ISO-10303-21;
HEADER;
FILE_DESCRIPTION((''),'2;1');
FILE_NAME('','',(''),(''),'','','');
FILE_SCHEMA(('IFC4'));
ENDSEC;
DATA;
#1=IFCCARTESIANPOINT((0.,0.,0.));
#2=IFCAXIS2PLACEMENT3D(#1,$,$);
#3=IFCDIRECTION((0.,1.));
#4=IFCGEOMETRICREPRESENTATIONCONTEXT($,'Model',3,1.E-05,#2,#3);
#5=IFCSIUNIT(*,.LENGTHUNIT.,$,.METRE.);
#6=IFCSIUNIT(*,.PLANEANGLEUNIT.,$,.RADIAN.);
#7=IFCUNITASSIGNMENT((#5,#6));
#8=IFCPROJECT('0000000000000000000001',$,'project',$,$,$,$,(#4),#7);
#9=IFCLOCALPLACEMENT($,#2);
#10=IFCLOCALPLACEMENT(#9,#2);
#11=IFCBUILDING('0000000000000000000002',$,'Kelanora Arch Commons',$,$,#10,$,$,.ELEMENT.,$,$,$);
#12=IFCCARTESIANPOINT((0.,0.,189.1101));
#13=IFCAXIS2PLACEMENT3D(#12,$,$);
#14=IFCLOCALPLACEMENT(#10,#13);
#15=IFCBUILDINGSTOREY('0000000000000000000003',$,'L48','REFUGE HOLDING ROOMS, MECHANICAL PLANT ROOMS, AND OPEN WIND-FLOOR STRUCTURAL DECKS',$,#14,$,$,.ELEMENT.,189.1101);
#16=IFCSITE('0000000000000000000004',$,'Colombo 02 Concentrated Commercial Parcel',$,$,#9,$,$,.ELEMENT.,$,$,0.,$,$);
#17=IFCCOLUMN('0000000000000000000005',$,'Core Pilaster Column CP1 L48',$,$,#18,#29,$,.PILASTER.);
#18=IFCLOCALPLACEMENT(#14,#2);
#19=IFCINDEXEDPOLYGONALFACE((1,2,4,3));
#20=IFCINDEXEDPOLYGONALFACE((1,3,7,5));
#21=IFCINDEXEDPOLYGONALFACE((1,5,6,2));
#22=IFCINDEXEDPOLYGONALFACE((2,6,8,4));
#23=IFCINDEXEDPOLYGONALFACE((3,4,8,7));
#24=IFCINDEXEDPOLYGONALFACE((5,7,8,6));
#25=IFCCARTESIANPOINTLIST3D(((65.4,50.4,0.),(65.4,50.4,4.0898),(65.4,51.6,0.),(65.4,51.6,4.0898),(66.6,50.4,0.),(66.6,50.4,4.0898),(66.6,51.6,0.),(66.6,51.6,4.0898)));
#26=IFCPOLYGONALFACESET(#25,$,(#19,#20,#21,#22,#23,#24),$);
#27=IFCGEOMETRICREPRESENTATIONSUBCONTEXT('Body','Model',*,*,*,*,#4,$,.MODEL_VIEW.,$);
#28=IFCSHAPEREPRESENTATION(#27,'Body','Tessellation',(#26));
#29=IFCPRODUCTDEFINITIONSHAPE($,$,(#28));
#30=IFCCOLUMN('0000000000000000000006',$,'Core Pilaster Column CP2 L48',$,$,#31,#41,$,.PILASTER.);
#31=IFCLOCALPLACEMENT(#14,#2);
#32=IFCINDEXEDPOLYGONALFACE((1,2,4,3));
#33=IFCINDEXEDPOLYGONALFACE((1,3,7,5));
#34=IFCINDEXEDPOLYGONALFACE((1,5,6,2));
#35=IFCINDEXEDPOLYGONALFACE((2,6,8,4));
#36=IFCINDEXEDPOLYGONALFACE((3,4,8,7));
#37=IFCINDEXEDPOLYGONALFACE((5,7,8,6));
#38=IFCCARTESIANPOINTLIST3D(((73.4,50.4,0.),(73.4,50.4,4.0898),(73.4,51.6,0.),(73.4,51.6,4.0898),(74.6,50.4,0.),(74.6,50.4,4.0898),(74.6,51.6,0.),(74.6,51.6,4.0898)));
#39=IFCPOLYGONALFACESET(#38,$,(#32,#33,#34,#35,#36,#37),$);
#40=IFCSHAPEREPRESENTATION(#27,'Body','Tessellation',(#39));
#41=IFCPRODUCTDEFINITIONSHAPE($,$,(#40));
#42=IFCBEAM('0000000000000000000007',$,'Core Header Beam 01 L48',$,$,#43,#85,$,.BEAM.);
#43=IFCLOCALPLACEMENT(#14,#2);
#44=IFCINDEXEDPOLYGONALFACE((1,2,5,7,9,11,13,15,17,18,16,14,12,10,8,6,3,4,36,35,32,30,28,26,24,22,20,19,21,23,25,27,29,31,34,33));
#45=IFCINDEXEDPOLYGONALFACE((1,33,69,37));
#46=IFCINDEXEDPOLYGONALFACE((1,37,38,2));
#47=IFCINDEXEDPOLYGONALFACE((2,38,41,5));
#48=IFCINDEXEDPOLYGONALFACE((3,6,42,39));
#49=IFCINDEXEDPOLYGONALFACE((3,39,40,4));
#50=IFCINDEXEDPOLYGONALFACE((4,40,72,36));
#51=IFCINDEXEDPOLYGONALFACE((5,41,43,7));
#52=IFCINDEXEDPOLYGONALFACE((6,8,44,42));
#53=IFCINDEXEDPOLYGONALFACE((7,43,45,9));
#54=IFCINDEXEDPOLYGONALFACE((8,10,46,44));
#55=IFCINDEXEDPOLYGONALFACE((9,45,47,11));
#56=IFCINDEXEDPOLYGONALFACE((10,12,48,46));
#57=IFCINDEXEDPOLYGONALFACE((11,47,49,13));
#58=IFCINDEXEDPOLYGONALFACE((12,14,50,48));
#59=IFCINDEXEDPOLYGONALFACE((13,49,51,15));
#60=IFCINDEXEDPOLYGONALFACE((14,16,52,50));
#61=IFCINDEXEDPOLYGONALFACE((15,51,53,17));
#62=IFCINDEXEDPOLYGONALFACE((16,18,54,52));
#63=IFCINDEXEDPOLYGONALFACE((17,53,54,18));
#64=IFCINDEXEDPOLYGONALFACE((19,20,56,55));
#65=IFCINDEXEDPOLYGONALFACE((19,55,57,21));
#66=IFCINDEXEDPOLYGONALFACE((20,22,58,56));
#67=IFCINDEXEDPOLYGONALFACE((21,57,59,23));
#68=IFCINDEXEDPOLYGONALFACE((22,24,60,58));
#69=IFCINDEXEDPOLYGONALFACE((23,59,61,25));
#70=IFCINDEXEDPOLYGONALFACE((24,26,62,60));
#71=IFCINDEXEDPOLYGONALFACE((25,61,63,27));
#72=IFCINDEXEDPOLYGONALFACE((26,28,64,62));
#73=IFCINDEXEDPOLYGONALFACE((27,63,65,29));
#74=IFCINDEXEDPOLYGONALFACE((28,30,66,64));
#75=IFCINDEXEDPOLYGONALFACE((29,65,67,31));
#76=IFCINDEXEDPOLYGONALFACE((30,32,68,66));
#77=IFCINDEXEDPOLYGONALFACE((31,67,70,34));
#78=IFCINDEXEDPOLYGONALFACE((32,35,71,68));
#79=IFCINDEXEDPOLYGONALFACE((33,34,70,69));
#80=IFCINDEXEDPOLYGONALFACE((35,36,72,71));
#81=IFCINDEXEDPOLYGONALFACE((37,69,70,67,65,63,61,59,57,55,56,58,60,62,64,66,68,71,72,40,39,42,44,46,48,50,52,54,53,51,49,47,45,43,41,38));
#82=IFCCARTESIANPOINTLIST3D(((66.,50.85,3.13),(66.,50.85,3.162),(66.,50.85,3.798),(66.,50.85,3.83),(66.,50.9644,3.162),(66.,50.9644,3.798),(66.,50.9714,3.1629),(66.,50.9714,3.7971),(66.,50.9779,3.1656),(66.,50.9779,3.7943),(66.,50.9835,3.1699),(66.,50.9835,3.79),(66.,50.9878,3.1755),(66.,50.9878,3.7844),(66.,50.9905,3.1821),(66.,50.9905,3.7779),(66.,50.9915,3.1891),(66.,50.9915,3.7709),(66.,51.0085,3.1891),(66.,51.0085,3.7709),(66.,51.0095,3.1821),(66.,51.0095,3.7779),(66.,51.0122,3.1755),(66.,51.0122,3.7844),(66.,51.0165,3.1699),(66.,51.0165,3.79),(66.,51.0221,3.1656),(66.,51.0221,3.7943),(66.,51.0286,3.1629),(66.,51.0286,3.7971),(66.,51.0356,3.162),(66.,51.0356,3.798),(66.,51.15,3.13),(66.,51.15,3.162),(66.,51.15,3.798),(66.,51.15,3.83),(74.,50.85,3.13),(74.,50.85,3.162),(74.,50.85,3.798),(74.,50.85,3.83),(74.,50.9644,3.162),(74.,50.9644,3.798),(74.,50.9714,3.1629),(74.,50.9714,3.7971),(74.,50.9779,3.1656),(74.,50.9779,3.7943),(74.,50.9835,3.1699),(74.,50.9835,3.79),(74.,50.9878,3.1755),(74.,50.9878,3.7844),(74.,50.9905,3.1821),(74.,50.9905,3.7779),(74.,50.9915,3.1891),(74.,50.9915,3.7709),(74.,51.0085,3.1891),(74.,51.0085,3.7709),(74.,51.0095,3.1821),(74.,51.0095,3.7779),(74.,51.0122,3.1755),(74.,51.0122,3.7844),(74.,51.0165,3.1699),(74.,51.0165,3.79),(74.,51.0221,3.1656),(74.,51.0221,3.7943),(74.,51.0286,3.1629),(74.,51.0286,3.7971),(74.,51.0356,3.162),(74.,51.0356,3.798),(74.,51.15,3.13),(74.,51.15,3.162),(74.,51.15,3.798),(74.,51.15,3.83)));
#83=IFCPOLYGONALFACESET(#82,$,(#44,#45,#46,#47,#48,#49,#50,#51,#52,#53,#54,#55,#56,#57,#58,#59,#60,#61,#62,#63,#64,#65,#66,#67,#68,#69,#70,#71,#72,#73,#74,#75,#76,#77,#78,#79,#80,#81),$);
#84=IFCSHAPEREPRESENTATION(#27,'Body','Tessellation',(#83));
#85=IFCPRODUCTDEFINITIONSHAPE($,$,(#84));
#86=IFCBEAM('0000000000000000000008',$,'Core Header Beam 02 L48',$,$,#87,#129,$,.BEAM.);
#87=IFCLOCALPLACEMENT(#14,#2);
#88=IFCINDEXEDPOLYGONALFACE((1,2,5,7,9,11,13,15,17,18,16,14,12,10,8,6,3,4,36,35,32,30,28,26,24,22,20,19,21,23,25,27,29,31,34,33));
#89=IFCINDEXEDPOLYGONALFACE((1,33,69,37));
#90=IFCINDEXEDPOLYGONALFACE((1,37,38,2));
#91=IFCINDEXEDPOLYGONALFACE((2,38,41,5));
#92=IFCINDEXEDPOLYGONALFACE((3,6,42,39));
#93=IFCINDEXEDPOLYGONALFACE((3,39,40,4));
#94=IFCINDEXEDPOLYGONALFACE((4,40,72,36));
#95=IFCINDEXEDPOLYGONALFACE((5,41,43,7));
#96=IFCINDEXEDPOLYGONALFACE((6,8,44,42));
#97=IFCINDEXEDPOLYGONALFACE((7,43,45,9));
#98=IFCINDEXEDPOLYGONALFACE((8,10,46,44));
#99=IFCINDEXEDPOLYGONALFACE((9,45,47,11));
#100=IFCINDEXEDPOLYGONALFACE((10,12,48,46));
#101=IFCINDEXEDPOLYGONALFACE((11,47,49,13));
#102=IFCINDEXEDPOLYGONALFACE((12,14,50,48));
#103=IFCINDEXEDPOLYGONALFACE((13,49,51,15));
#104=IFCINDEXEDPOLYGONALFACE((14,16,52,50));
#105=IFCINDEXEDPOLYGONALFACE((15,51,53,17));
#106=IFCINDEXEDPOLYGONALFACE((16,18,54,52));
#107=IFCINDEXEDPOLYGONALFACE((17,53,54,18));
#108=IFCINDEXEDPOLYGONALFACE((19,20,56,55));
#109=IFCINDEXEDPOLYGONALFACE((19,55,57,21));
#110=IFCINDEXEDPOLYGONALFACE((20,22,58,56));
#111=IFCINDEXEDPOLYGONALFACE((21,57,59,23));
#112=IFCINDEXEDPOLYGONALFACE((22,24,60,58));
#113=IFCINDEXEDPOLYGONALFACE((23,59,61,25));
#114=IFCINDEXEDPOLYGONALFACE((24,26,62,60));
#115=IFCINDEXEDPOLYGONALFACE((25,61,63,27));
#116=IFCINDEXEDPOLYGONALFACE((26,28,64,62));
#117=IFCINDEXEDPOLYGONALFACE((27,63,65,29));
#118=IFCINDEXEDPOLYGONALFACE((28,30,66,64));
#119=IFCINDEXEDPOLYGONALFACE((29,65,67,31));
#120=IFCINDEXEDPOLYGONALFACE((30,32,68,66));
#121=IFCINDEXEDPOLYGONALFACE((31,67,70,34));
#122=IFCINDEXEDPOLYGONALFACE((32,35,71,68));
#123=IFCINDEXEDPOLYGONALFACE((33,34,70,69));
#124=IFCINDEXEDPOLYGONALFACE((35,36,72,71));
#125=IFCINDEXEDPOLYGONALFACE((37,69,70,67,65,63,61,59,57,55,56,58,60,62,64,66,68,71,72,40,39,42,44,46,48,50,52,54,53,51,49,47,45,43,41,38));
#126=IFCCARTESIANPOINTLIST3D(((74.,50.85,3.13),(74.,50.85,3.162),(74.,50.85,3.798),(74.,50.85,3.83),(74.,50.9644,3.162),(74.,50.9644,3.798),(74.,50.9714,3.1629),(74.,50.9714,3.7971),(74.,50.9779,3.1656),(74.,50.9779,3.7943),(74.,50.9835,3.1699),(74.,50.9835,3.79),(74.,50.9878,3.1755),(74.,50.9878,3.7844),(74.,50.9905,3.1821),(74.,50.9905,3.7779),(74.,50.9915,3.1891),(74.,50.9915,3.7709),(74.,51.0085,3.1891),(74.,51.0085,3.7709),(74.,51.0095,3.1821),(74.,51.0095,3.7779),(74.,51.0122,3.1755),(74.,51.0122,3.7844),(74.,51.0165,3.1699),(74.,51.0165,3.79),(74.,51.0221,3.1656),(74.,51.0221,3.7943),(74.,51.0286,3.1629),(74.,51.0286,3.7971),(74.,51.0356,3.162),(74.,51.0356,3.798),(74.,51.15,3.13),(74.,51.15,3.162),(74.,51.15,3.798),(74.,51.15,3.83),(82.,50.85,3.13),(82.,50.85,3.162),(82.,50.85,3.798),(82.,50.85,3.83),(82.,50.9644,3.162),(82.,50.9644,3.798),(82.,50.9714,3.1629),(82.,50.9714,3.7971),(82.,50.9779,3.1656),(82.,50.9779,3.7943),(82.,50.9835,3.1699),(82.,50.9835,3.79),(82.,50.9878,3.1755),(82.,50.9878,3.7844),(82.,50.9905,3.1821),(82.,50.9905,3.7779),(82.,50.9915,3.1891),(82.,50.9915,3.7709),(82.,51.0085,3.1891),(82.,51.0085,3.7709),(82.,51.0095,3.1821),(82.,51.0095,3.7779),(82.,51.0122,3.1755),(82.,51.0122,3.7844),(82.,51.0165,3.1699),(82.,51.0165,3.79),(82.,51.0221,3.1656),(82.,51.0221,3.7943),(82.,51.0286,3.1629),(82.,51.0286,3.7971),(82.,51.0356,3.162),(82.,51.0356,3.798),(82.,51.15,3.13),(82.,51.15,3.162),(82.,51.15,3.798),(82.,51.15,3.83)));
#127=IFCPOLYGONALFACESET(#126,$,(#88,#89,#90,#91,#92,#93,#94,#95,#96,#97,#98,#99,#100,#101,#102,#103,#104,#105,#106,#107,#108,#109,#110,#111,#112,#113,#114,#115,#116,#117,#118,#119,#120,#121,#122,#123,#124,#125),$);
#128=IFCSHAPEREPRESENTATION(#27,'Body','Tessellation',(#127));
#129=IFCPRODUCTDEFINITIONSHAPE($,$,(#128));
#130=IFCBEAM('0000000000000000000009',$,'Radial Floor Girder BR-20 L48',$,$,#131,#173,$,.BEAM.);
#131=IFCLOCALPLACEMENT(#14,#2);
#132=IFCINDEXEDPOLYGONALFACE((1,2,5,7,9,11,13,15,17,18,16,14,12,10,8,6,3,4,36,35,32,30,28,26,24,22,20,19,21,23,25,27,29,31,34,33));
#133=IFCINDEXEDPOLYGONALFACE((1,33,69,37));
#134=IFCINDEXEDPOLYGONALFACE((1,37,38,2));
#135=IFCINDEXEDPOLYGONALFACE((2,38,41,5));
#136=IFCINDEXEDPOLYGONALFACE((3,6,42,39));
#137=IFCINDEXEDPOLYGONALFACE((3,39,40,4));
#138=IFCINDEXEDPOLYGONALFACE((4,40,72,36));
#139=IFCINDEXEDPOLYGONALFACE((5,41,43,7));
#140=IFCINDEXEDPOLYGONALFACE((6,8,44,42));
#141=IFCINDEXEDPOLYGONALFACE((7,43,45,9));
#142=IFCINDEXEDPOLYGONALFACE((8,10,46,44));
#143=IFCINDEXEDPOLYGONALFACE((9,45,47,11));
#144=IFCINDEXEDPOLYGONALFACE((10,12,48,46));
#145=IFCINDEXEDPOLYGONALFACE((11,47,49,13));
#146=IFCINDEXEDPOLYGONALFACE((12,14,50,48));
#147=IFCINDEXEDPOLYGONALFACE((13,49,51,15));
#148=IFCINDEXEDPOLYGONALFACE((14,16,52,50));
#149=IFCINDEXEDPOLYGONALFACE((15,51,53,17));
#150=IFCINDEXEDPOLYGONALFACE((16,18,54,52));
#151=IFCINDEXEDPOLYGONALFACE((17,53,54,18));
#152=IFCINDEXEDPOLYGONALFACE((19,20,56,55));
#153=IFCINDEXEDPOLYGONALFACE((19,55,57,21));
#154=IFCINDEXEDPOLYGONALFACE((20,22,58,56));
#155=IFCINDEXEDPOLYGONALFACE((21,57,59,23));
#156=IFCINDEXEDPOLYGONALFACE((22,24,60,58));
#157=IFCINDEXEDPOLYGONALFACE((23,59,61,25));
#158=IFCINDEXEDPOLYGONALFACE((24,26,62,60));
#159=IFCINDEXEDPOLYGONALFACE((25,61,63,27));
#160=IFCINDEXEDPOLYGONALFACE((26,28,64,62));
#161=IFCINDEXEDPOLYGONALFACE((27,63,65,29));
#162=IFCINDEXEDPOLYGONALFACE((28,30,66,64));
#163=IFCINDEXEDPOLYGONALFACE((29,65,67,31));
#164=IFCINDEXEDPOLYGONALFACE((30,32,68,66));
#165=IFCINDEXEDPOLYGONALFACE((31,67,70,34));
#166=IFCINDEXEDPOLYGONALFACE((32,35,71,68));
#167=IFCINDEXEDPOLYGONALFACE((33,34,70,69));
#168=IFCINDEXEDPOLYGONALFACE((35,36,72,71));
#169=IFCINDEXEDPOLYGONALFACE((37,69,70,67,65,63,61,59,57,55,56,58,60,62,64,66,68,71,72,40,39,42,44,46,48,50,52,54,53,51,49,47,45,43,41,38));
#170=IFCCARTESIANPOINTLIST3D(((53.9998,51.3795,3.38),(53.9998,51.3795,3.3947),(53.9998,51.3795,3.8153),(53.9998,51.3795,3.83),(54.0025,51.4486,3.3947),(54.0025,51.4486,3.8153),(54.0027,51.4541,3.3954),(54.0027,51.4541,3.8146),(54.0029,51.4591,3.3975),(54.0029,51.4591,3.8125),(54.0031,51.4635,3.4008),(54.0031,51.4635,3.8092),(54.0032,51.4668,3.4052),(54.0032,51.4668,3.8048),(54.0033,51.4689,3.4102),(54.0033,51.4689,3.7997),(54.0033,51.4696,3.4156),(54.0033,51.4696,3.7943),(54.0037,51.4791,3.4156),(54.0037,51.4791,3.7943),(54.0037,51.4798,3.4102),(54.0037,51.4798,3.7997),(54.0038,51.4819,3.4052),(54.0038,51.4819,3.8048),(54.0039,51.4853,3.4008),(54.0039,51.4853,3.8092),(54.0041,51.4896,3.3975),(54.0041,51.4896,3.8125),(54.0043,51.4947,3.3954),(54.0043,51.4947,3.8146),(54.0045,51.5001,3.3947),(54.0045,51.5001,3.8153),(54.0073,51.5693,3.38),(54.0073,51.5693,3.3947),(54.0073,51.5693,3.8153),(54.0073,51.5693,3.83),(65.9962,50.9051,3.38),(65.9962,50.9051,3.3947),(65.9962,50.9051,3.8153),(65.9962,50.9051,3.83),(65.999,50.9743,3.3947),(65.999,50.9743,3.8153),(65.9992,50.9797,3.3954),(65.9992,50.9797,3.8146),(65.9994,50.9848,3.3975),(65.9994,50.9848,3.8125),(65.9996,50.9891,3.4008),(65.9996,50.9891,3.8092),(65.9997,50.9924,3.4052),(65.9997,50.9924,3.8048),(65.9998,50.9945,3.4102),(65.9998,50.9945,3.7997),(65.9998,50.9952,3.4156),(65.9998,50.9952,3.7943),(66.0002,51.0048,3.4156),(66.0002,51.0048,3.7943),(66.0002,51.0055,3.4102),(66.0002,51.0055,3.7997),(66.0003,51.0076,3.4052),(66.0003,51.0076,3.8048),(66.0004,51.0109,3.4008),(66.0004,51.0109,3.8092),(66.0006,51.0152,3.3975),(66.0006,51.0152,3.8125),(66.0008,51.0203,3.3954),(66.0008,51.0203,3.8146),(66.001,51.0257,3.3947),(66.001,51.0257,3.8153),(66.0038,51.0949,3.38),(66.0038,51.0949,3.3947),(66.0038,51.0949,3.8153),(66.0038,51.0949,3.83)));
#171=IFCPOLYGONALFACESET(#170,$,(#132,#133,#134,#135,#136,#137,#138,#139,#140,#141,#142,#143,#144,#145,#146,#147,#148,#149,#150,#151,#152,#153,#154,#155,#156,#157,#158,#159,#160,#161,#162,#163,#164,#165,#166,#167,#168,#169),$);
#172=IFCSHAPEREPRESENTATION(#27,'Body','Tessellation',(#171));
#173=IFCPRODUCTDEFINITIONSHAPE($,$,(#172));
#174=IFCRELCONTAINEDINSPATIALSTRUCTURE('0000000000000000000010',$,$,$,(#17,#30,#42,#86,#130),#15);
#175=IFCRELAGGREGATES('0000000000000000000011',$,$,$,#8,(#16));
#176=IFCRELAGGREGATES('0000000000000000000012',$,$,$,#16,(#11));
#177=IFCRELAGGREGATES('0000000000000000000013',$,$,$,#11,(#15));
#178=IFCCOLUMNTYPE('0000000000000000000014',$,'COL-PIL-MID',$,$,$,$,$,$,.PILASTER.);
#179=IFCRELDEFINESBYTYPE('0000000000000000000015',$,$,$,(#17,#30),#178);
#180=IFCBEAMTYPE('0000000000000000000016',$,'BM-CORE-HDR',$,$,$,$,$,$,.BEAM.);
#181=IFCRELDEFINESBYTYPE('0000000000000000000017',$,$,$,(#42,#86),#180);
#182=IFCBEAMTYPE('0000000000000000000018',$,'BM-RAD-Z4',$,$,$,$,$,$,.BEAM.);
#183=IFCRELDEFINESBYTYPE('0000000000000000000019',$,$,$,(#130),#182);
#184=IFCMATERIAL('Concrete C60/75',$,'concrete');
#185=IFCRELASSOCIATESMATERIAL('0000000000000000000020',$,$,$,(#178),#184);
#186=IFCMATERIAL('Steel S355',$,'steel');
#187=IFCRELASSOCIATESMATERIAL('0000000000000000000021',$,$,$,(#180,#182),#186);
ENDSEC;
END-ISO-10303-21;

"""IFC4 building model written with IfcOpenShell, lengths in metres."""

from ifc_helpers import new_model, si_unit, direction, frame, origin, origin_2d, place, context, subcontext, project, spatial, rectangle, i_section, extrude, material, material_profile, profile_set, type_object, element, save


model = new_model("IFC4")

# Units and contexts
model_context = context("Model", 3, precision=1e-05, world=origin(), true_north=direction((0.0, 1.0)))
body_context = subcontext(model_context, "Body", "Model", "MODEL_VIEW")
ifc_project = project(units=[si_unit("LENGTHUNIT", "METRE"), si_unit("PLANEANGLEUNIT", "RADIAN")], contexts=[model_context])

# Site, building, storey
site_placement = place(None, origin())
site = spatial("IfcSite", under=ifc_project, at=site_placement, Name="Colombo 02 Concentrated Commercial Parcel", CompositionType="ELEMENT", RefElevation=0.0)
building_placement = place(site_placement, origin())
building = spatial("IfcBuilding", under=site, at=building_placement, Name="Kelanora Arch Commons", CompositionType="ELEMENT")
storey_placement = place(building_placement, frame((0.0, 0.0, 189.1101)))
storey = spatial("IfcBuildingStorey", under=building, at=storey_placement, Name="L48", Description="REFUGE HOLDING ROOMS, MECHANICAL PLANT ROOMS, AND OPEN WIND-FLOOR STRUCTURAL DECKS", CompositionType="ELEMENT", Elevation=189.1101)

# Columns
ifc_material_1 = material(Name="Concrete C60/75", Category="concrete")
ifc_material_profile_1 = material_profile(ifc_material_1, rectangle(XDim=1.2, YDim=1.2, at=origin_2d()), Name="RC1200x1200")
ifc_profile_set_1 = profile_set([ifc_material_profile_1], Name="Concrete C60/75")
column_type = type_object("IfcColumnType", Name="COL-PIL-MID", PredefinedType="PILASTER", material=ifc_profile_set_1)
for number, where, z_axis, x_axis, name in (
    (1, (66.0, 51.0, 0.0), (0.0, 0.0, 1.0), (1.0, 0.0, 0.0), "Core Pilaster Column CP1 L48"),
    (2, (74.0, 51.0, 0.0), (0.0, 0.0, 1.0), (1.0, 0.0, 0.0), "Core Pilaster Column CP2 L48"),
):
    element("IfcColumn", number, at=place(storey_placement, frame(where, z_axis=z_axis, x_axis=x_axis)), inside=storey, type_object=column_type, Name=name, PredefinedType="PILASTER", context=body_context, shape_type="SweptSolid", body=[
        extrude(rectangle(XDim=1.2, YDim=1.2, at=origin_2d()), origin(), (0.0, 0.0, 1.0), 4.0898),
    ])

# Beams
ifc_material_2 = material(Name="Steel S355", Category="steel")
ifc_material_profile_2 = material_profile(ifc_material_2, i_section(OverallWidth=0.3, OverallDepth=0.7, WebThickness=0.0171, FlangeThickness=0.032, FilletRadius=0.0271, at=origin_2d()), Name="HEB700")
ifc_profile_set_2 = profile_set([ifc_material_profile_2], Name="Steel S355")
beam_type_1 = type_object("IfcBeamType", Name="BM-CORE-HDR", PredefinedType="BEAM", material=ifc_profile_set_2)
for number, where, z_axis, x_axis, name in (
    (3, (66.0, 51.0, 3.48), (1.0, 0.0, 0.0), (0.0, 1.0, 0.0), "Core Header Beam 01 L48"),
    (4, (74.0, 51.0, 3.48), (1.0, 0.0, 0.0), (0.0, 1.0, 0.0), "Core Header Beam 02 L48"),
):
    element("IfcBeam", number, at=place(storey_placement, frame(where, z_axis=z_axis, x_axis=x_axis)), inside=storey, type_object=beam_type_1, Name=name, PredefinedType="BEAM", context=body_context, shape_type="SweptSolid", body=[
        extrude(i_section(OverallWidth=0.3, OverallDepth=0.7, WebThickness=0.0171, FlangeThickness=0.032, FilletRadius=0.0271, at=origin_2d()), origin(), (0.0, 0.0, 1.0), 8.0),
    ])
ifc_material_profile_3 = material_profile(ifc_material_2, i_section(OverallWidth=0.1899, OverallDepth=0.45, WebThickness=0.0095, FlangeThickness=0.0146, FilletRadius=0.021, at=origin_2d()), Name="IPE450")
ifc_profile_set_3 = profile_set([ifc_material_profile_3], Name="Steel S355")
beam_type_2 = type_object("IfcBeamType", Name="BM-RAD-Z4", PredefinedType="BEAM", material=ifc_profile_set_3)
beam_1_placement = place(storey_placement, frame((66.0, 51.0, 3.605), z_axis=(-0.999219, 0.039511, 0.0), x_axis=(-0.039511, -0.999219, 0.0)))
element("IfcBeam", 5, at=beam_1_placement, inside=storey, type_object=beam_type_2, Name="Radial Floor Girder BR-20 L48", PredefinedType="BEAM", context=body_context, shape_type="SweptSolid", body=[
    extrude(i_section(OverallWidth=0.1899, OverallDepth=0.45, WebThickness=0.0095, FlangeThickness=0.0146, FilletRadius=0.021, at=origin_2d()), origin(), (0.0, 0.0, 1.0), 12.0059),
])

save(model, "model.ifc")
